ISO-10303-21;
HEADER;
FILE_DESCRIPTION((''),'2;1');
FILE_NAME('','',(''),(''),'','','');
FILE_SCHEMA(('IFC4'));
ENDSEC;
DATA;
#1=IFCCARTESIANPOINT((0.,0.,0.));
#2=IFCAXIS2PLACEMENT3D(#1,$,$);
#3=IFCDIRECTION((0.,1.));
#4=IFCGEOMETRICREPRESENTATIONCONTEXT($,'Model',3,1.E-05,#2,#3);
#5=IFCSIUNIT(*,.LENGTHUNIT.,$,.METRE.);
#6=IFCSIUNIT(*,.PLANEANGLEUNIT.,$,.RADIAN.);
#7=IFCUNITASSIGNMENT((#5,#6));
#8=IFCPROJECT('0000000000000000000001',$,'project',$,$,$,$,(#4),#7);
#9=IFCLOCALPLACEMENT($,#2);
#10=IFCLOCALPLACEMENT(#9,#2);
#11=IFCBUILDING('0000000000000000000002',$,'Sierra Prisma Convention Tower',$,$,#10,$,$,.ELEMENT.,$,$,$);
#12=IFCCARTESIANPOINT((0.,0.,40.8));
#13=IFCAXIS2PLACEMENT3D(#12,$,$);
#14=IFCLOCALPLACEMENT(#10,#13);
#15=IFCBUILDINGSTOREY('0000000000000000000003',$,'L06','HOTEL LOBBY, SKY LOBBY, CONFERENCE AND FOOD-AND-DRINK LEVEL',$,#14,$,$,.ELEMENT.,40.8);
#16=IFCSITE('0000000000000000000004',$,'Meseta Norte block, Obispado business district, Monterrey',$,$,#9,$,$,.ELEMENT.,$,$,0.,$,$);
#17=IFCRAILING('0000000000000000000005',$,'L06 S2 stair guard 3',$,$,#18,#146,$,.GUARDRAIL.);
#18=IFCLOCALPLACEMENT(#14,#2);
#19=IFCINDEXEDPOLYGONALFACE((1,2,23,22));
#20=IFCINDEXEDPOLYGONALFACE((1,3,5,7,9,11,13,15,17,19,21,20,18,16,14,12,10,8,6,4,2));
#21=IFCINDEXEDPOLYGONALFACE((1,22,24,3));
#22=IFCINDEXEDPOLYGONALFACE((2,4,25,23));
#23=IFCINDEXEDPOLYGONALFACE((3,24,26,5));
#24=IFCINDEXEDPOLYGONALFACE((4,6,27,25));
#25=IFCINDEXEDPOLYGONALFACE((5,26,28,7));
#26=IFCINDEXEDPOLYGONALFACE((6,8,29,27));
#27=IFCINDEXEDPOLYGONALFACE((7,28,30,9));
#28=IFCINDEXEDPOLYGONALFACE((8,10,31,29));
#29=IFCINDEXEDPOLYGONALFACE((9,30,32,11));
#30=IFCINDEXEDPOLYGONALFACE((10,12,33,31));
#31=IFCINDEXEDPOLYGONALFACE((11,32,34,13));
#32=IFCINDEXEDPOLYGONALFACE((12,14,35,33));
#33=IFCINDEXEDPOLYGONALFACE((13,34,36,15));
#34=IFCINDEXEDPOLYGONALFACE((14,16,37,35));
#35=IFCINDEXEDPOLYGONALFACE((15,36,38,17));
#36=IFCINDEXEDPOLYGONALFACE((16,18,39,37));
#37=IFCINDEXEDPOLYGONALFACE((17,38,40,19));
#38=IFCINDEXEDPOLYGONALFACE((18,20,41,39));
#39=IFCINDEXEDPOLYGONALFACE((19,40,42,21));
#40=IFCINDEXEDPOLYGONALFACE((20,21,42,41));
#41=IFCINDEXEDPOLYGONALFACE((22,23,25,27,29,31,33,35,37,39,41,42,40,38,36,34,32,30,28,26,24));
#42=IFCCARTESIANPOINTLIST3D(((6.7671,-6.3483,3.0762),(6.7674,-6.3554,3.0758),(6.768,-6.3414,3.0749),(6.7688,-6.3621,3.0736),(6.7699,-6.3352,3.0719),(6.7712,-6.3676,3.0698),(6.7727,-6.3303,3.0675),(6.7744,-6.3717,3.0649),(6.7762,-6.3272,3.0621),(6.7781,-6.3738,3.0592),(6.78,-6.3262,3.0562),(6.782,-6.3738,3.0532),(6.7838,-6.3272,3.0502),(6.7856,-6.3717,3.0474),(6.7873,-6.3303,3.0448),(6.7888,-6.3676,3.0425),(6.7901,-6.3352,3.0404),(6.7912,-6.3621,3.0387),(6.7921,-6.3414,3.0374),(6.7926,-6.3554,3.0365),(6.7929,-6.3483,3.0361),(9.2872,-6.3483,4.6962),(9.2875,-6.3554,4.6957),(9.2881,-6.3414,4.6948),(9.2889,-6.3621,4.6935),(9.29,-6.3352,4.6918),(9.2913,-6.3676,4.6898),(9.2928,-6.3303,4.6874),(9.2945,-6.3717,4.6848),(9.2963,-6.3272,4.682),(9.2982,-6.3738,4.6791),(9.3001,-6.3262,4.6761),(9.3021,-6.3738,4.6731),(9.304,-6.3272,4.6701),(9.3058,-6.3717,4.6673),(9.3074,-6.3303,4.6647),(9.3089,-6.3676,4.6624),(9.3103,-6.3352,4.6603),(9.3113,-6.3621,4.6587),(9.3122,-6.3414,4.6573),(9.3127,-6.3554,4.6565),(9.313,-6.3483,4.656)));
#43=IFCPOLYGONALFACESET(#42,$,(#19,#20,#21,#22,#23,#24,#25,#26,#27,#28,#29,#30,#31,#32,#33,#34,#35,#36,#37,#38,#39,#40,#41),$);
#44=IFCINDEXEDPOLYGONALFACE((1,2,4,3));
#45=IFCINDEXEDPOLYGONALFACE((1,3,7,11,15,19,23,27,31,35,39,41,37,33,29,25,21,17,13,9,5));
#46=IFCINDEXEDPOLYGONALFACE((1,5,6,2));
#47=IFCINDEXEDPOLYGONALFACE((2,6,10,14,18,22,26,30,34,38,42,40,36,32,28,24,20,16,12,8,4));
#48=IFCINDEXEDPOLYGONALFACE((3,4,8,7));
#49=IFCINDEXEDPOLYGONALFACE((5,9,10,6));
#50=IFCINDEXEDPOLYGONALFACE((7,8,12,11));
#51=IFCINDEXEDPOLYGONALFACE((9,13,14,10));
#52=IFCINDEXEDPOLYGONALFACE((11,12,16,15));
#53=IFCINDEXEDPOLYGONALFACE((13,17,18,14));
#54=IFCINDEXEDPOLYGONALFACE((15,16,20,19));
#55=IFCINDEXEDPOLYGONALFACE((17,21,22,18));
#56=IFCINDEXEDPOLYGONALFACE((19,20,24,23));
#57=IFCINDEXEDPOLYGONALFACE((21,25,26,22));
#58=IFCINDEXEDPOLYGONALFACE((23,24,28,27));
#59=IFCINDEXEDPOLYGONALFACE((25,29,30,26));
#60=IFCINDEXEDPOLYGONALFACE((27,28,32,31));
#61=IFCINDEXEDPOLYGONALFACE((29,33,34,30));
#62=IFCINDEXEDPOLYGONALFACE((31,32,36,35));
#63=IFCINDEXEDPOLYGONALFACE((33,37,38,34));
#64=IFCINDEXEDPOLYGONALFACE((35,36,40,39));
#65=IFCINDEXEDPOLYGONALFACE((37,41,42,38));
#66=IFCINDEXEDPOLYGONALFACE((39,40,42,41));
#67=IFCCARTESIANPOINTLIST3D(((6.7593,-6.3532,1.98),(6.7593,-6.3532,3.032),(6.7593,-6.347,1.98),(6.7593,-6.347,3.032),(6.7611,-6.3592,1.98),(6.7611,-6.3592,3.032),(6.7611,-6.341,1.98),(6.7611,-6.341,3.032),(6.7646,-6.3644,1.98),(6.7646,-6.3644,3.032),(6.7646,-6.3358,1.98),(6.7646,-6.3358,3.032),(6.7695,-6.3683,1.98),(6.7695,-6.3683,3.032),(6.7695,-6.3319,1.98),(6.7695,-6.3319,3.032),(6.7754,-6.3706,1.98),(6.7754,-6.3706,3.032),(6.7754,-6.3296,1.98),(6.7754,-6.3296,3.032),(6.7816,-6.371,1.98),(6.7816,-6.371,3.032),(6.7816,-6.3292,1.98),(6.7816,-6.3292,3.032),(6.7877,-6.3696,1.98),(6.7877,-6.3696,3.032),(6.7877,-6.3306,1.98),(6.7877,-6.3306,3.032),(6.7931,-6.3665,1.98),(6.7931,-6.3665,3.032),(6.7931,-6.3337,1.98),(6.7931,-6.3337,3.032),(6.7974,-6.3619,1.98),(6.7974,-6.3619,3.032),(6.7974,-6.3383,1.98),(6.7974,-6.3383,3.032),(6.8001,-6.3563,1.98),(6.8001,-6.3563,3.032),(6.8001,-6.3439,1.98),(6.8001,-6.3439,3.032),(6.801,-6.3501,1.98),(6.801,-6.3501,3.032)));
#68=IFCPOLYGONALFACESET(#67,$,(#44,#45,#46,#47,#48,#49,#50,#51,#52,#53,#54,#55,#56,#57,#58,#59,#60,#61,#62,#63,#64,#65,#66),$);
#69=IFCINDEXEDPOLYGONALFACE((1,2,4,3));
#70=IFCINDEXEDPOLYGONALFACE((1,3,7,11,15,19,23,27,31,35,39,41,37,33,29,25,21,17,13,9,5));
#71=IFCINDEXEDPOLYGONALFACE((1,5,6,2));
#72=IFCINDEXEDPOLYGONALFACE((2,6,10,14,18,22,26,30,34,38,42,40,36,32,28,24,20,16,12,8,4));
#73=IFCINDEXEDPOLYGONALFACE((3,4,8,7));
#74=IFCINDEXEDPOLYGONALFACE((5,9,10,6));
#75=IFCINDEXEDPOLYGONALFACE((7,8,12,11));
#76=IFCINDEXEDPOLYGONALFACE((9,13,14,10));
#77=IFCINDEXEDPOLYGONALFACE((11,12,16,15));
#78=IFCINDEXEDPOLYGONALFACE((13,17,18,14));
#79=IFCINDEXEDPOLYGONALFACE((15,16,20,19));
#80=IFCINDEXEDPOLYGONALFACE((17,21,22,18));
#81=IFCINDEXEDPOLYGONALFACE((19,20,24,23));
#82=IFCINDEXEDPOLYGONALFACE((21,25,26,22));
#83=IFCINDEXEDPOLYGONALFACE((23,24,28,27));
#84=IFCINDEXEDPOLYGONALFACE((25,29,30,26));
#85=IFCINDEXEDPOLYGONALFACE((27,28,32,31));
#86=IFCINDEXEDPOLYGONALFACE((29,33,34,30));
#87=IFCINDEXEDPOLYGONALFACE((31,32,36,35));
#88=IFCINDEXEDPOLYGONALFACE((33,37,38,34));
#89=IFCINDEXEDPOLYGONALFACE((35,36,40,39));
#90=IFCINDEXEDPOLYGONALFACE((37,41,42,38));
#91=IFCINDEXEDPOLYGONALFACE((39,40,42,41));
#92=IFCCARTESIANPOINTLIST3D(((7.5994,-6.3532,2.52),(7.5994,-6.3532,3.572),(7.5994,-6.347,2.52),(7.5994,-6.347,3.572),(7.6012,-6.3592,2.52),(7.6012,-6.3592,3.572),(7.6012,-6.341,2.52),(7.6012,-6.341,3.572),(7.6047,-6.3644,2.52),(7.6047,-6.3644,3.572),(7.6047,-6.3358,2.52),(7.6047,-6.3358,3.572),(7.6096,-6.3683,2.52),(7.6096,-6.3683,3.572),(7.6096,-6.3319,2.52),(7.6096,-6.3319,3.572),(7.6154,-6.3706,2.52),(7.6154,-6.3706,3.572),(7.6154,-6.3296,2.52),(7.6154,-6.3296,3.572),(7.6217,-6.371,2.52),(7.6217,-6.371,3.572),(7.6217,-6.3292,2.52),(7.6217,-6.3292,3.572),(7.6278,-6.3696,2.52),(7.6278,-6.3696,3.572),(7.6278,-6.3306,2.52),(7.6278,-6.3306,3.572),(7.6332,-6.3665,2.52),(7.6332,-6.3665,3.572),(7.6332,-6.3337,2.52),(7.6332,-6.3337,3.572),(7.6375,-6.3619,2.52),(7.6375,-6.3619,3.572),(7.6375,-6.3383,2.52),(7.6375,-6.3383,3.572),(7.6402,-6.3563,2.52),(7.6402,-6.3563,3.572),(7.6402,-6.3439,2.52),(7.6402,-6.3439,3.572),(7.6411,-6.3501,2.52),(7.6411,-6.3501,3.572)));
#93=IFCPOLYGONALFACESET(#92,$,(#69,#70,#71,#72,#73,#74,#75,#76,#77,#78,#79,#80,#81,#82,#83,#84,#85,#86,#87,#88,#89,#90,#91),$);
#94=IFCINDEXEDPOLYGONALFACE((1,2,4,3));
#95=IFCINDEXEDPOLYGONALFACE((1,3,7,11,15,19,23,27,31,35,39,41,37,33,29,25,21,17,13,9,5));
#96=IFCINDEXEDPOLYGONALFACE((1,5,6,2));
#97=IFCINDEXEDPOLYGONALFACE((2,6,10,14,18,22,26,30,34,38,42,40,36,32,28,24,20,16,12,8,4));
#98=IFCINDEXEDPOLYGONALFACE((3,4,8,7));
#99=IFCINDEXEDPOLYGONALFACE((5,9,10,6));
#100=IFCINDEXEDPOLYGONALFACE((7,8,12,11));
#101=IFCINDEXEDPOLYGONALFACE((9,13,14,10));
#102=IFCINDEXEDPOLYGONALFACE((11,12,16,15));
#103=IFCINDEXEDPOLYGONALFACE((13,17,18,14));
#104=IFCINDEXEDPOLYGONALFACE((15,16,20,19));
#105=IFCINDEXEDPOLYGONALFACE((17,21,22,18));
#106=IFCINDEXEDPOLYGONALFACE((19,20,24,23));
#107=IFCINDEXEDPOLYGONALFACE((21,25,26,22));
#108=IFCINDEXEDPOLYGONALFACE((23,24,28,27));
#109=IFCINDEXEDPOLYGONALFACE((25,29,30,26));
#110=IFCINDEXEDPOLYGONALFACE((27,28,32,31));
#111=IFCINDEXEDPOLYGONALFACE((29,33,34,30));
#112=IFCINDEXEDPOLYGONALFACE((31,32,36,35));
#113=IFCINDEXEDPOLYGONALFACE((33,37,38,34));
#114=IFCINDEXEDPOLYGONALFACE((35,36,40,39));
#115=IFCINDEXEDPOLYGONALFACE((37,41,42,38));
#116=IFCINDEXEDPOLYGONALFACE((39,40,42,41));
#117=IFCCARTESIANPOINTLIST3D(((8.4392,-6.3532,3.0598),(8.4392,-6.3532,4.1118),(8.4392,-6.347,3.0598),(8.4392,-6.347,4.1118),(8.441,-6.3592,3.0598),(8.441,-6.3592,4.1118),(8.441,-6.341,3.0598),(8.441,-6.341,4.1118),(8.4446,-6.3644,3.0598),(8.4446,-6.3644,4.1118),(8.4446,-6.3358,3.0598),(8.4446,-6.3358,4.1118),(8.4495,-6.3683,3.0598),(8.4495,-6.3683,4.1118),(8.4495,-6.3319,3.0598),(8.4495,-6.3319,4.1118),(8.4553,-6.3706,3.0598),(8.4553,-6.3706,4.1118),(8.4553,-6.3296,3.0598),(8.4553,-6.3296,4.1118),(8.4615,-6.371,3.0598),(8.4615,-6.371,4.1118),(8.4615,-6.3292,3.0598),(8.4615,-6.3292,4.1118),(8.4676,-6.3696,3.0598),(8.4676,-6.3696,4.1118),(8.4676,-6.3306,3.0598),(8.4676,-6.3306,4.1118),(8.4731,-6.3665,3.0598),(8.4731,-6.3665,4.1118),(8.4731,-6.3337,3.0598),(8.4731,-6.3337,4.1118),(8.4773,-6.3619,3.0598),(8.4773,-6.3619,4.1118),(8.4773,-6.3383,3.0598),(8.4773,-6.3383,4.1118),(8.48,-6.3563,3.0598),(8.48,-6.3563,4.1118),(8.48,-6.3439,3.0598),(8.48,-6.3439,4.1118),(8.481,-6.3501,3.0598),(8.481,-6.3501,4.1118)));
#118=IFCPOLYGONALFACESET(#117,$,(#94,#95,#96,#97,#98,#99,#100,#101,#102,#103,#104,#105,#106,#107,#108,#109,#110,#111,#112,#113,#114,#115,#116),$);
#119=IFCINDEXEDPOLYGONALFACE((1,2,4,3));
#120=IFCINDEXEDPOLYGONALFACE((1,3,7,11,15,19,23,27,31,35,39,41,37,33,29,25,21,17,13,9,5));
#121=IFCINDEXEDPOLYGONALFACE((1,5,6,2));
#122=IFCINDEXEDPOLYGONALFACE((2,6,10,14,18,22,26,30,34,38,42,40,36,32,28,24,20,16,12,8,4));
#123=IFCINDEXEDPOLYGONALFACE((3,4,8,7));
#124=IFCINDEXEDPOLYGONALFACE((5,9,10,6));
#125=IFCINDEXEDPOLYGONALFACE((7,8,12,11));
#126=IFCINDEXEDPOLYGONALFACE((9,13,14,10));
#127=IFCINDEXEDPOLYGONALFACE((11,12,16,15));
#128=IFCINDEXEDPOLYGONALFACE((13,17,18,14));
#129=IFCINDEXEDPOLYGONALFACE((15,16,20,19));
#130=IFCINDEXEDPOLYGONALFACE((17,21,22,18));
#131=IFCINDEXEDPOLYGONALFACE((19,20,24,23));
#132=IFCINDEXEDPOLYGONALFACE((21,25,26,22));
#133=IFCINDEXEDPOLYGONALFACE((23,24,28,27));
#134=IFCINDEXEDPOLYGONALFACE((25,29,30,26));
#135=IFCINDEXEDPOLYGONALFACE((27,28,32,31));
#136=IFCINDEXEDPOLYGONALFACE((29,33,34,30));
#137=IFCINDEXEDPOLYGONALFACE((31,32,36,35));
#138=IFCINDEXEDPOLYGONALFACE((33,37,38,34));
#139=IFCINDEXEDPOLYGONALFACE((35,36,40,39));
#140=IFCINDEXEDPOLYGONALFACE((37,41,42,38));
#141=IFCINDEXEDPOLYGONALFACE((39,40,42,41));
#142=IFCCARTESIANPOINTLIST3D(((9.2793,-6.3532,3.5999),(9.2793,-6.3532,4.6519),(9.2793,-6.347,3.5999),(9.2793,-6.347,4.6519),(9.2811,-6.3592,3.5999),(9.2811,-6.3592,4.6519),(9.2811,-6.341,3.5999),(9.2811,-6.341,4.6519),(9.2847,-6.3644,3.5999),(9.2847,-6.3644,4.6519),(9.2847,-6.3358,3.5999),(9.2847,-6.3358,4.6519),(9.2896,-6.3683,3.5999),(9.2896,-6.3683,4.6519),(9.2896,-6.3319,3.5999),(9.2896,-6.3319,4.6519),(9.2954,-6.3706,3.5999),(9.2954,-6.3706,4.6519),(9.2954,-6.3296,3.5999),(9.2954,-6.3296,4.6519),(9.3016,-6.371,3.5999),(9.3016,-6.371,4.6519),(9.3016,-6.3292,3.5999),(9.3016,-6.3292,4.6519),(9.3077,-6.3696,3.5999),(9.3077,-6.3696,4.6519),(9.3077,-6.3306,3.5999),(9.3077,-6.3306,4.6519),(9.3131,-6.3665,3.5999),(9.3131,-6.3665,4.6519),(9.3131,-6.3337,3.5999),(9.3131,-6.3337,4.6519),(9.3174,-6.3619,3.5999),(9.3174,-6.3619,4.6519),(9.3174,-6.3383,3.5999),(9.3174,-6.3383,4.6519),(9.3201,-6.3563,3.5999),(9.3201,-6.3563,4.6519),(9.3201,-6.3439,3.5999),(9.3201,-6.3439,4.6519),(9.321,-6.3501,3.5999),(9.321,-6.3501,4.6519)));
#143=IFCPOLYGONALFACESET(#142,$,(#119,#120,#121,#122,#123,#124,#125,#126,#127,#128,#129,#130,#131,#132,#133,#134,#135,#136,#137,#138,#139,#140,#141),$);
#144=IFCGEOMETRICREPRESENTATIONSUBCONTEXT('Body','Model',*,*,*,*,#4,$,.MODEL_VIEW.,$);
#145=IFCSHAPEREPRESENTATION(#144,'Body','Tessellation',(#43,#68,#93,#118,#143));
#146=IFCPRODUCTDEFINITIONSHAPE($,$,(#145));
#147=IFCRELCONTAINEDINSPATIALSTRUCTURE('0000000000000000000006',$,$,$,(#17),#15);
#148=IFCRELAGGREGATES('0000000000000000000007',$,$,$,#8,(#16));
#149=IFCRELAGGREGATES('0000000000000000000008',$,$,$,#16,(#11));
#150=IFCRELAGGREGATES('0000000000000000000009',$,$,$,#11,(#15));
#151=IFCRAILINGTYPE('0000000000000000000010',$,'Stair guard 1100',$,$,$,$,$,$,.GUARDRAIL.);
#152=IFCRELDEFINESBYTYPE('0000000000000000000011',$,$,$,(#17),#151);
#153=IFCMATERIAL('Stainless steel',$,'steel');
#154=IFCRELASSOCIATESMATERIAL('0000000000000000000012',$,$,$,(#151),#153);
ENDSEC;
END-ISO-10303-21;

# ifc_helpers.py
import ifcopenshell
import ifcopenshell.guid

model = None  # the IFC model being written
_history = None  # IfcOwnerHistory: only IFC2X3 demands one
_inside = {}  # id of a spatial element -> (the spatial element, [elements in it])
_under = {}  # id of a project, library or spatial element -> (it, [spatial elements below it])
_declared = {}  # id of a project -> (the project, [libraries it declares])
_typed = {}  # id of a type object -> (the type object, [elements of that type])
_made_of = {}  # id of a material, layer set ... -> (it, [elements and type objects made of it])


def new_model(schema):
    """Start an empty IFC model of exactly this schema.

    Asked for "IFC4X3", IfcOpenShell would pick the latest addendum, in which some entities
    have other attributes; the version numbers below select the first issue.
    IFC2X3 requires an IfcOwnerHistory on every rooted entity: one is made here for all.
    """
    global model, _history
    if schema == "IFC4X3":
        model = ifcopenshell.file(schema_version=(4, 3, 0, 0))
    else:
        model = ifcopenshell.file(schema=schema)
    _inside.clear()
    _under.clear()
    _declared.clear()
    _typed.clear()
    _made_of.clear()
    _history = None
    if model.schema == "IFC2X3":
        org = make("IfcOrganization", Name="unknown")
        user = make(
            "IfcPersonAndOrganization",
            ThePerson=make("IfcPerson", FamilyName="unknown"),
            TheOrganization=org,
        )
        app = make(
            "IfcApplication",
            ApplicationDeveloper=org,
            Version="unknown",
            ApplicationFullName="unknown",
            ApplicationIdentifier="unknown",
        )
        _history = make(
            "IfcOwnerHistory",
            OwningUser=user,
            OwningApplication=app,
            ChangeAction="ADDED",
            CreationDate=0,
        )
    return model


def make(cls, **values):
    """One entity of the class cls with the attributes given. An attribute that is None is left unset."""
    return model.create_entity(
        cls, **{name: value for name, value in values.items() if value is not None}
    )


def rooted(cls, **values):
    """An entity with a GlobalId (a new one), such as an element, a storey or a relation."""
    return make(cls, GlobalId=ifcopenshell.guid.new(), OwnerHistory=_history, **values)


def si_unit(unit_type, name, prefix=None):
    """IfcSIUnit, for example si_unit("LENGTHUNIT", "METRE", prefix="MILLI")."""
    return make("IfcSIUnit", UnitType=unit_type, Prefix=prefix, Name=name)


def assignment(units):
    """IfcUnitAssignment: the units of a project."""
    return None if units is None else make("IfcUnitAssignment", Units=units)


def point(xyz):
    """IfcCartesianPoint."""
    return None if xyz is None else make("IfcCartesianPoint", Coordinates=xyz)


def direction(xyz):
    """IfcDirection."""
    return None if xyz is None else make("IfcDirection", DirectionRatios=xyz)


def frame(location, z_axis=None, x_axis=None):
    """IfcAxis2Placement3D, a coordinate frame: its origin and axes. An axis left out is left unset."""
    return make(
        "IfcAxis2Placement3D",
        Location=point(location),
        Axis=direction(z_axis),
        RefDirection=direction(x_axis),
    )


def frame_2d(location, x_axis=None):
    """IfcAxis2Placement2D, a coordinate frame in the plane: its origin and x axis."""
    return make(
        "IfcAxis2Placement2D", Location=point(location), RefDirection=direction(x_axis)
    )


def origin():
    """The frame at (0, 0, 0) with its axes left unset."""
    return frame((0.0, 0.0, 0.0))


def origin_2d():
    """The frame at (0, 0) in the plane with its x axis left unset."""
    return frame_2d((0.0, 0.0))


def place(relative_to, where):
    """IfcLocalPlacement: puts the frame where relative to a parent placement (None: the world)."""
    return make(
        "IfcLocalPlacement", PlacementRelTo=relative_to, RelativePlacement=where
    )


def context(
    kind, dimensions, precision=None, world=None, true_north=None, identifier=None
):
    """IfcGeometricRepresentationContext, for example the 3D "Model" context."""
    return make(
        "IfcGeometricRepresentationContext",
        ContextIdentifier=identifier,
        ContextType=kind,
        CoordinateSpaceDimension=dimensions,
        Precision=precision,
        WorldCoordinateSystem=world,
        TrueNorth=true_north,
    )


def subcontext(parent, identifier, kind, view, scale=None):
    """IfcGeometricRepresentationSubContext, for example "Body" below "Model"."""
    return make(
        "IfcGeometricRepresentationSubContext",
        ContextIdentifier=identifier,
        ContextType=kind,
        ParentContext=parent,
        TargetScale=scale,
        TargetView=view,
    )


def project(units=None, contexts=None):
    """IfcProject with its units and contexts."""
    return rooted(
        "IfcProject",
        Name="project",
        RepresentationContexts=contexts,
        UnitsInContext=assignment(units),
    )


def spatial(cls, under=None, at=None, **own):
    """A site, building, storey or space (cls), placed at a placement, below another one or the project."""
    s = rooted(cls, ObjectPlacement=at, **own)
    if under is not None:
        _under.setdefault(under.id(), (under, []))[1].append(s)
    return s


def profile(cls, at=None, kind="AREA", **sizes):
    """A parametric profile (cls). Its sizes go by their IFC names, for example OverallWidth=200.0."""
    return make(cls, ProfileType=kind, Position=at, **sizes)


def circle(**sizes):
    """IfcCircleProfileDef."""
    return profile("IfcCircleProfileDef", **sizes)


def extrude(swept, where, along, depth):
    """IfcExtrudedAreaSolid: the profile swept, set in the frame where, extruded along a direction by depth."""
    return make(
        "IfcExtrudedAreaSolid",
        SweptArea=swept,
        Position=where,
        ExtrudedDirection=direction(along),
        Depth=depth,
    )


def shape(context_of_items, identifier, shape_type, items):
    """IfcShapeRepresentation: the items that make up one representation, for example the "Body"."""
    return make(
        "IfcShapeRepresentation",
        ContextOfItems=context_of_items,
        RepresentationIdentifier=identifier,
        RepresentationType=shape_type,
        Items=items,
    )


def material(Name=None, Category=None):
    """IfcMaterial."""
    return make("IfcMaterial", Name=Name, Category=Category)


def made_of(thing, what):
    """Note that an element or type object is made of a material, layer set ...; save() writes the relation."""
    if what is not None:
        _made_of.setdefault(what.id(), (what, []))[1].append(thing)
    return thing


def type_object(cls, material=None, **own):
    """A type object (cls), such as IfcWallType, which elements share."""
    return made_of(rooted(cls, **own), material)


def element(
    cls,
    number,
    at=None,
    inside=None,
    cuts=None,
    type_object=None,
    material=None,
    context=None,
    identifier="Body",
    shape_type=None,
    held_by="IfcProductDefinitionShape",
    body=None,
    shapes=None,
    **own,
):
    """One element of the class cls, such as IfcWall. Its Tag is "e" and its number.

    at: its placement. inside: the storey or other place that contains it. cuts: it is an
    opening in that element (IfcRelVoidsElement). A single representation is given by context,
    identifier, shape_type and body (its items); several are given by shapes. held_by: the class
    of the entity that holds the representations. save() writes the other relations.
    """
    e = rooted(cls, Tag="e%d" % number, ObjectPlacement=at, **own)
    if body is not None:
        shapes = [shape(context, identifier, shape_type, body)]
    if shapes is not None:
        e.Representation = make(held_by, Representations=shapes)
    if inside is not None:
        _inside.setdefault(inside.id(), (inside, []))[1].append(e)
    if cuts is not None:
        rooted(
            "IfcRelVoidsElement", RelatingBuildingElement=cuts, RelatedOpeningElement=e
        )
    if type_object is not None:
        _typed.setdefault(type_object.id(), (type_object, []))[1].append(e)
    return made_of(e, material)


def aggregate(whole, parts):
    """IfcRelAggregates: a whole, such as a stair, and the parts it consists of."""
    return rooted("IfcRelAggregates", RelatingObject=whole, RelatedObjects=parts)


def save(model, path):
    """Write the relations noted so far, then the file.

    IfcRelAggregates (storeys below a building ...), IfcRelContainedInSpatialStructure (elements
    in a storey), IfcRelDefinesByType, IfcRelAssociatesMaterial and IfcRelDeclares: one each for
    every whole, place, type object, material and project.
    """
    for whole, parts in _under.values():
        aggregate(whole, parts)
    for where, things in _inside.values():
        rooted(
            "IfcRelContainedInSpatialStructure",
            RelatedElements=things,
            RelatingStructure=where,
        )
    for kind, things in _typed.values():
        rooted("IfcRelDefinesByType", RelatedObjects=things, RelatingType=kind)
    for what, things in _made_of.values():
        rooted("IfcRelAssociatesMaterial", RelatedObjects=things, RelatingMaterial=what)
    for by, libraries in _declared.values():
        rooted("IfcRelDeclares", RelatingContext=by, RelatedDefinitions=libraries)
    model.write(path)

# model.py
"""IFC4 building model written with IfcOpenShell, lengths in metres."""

from ifc_helpers import new_model, si_unit, direction, frame, origin, origin_2d, place, context, subcontext, project, spatial, circle, extrude, material, type_object, element, save


model = new_model("IFC4")

# Units and contexts
model_context = context("Model", 3, precision=1e-05, world=origin(), true_north=direction((0.0, 1.0)))
body_context = subcontext(model_context, "Body", "Model", "MODEL_VIEW")
ifc_project = project(units=[si_unit("LENGTHUNIT", "METRE"), si_unit("PLANEANGLEUNIT", "RADIAN")], contexts=[model_context])

# Site, building, storey
site_placement = place(None, origin())
site = spatial("IfcSite", under=ifc_project, at=site_placement, Name="Meseta Norte block, Obispado business district, Monterrey", CompositionType="ELEMENT", RefElevation=0.0)
building_placement = place(site_placement, origin())
building = spatial("IfcBuilding", under=site, at=building_placement, Name="Sierra Prisma Convention Tower", CompositionType="ELEMENT")
storey_placement = place(building_placement, frame((0.0, 0.0, 40.8)))
storey = spatial("IfcBuildingStorey", under=building, at=storey_placement, Name="L06", Description="HOTEL LOBBY, SKY LOBBY, CONFERENCE AND FOOD-AND-DRINK LEVEL", CompositionType="ELEMENT", Elevation=40.8)

# Railing
ifc_material_1 = material(Name="Stainless steel", Category="steel")
railing_type_1 = type_object("IfcRailingType", Name="Stair guard 1100", PredefinedType="GUARDRAIL", material=ifc_material_1)
railing_1_placement = place(storey_placement, frame((6.78, -6.3501, 1.98)))
element("IfcRailing", 1, at=railing_1_placement, inside=storey, type_object=railing_type_1, Name="L06 S2 stair guard 3", PredefinedType="GUARDRAIL", context=body_context, shape_type="SweptSolid", body=[
    extrude(circle(Radius=0.0239, at=origin_2d()), frame((0.0, 0.0, 1.0762), z_axis=(0.8412, 0.0, 0.540725), x_axis=(0.0, 1.0, 0.0)), (0.0, 0.0, 1.0), 2.9958),
    extrude(circle(Radius=0.021, at=origin_2d()), origin(), (0.0, 0.0, 1.0), 1.052),
    extrude(circle(Radius=0.021, at=origin_2d()), frame((0.8401, 0.0, 0.54)), (0.0, 0.0, 1.0), 1.052),
    extrude(circle(Radius=0.021, at=origin_2d()), frame((1.6799, 0.0, 1.0798)), (0.0, 0.0, 1.0), 1.052),
    extrude(circle(Radius=0.021, at=origin_2d()), frame((2.52, 0.0, 1.6199)), (0.0, 0.0, 1.0), 1.052),
])

save(model, "model.ifc")
